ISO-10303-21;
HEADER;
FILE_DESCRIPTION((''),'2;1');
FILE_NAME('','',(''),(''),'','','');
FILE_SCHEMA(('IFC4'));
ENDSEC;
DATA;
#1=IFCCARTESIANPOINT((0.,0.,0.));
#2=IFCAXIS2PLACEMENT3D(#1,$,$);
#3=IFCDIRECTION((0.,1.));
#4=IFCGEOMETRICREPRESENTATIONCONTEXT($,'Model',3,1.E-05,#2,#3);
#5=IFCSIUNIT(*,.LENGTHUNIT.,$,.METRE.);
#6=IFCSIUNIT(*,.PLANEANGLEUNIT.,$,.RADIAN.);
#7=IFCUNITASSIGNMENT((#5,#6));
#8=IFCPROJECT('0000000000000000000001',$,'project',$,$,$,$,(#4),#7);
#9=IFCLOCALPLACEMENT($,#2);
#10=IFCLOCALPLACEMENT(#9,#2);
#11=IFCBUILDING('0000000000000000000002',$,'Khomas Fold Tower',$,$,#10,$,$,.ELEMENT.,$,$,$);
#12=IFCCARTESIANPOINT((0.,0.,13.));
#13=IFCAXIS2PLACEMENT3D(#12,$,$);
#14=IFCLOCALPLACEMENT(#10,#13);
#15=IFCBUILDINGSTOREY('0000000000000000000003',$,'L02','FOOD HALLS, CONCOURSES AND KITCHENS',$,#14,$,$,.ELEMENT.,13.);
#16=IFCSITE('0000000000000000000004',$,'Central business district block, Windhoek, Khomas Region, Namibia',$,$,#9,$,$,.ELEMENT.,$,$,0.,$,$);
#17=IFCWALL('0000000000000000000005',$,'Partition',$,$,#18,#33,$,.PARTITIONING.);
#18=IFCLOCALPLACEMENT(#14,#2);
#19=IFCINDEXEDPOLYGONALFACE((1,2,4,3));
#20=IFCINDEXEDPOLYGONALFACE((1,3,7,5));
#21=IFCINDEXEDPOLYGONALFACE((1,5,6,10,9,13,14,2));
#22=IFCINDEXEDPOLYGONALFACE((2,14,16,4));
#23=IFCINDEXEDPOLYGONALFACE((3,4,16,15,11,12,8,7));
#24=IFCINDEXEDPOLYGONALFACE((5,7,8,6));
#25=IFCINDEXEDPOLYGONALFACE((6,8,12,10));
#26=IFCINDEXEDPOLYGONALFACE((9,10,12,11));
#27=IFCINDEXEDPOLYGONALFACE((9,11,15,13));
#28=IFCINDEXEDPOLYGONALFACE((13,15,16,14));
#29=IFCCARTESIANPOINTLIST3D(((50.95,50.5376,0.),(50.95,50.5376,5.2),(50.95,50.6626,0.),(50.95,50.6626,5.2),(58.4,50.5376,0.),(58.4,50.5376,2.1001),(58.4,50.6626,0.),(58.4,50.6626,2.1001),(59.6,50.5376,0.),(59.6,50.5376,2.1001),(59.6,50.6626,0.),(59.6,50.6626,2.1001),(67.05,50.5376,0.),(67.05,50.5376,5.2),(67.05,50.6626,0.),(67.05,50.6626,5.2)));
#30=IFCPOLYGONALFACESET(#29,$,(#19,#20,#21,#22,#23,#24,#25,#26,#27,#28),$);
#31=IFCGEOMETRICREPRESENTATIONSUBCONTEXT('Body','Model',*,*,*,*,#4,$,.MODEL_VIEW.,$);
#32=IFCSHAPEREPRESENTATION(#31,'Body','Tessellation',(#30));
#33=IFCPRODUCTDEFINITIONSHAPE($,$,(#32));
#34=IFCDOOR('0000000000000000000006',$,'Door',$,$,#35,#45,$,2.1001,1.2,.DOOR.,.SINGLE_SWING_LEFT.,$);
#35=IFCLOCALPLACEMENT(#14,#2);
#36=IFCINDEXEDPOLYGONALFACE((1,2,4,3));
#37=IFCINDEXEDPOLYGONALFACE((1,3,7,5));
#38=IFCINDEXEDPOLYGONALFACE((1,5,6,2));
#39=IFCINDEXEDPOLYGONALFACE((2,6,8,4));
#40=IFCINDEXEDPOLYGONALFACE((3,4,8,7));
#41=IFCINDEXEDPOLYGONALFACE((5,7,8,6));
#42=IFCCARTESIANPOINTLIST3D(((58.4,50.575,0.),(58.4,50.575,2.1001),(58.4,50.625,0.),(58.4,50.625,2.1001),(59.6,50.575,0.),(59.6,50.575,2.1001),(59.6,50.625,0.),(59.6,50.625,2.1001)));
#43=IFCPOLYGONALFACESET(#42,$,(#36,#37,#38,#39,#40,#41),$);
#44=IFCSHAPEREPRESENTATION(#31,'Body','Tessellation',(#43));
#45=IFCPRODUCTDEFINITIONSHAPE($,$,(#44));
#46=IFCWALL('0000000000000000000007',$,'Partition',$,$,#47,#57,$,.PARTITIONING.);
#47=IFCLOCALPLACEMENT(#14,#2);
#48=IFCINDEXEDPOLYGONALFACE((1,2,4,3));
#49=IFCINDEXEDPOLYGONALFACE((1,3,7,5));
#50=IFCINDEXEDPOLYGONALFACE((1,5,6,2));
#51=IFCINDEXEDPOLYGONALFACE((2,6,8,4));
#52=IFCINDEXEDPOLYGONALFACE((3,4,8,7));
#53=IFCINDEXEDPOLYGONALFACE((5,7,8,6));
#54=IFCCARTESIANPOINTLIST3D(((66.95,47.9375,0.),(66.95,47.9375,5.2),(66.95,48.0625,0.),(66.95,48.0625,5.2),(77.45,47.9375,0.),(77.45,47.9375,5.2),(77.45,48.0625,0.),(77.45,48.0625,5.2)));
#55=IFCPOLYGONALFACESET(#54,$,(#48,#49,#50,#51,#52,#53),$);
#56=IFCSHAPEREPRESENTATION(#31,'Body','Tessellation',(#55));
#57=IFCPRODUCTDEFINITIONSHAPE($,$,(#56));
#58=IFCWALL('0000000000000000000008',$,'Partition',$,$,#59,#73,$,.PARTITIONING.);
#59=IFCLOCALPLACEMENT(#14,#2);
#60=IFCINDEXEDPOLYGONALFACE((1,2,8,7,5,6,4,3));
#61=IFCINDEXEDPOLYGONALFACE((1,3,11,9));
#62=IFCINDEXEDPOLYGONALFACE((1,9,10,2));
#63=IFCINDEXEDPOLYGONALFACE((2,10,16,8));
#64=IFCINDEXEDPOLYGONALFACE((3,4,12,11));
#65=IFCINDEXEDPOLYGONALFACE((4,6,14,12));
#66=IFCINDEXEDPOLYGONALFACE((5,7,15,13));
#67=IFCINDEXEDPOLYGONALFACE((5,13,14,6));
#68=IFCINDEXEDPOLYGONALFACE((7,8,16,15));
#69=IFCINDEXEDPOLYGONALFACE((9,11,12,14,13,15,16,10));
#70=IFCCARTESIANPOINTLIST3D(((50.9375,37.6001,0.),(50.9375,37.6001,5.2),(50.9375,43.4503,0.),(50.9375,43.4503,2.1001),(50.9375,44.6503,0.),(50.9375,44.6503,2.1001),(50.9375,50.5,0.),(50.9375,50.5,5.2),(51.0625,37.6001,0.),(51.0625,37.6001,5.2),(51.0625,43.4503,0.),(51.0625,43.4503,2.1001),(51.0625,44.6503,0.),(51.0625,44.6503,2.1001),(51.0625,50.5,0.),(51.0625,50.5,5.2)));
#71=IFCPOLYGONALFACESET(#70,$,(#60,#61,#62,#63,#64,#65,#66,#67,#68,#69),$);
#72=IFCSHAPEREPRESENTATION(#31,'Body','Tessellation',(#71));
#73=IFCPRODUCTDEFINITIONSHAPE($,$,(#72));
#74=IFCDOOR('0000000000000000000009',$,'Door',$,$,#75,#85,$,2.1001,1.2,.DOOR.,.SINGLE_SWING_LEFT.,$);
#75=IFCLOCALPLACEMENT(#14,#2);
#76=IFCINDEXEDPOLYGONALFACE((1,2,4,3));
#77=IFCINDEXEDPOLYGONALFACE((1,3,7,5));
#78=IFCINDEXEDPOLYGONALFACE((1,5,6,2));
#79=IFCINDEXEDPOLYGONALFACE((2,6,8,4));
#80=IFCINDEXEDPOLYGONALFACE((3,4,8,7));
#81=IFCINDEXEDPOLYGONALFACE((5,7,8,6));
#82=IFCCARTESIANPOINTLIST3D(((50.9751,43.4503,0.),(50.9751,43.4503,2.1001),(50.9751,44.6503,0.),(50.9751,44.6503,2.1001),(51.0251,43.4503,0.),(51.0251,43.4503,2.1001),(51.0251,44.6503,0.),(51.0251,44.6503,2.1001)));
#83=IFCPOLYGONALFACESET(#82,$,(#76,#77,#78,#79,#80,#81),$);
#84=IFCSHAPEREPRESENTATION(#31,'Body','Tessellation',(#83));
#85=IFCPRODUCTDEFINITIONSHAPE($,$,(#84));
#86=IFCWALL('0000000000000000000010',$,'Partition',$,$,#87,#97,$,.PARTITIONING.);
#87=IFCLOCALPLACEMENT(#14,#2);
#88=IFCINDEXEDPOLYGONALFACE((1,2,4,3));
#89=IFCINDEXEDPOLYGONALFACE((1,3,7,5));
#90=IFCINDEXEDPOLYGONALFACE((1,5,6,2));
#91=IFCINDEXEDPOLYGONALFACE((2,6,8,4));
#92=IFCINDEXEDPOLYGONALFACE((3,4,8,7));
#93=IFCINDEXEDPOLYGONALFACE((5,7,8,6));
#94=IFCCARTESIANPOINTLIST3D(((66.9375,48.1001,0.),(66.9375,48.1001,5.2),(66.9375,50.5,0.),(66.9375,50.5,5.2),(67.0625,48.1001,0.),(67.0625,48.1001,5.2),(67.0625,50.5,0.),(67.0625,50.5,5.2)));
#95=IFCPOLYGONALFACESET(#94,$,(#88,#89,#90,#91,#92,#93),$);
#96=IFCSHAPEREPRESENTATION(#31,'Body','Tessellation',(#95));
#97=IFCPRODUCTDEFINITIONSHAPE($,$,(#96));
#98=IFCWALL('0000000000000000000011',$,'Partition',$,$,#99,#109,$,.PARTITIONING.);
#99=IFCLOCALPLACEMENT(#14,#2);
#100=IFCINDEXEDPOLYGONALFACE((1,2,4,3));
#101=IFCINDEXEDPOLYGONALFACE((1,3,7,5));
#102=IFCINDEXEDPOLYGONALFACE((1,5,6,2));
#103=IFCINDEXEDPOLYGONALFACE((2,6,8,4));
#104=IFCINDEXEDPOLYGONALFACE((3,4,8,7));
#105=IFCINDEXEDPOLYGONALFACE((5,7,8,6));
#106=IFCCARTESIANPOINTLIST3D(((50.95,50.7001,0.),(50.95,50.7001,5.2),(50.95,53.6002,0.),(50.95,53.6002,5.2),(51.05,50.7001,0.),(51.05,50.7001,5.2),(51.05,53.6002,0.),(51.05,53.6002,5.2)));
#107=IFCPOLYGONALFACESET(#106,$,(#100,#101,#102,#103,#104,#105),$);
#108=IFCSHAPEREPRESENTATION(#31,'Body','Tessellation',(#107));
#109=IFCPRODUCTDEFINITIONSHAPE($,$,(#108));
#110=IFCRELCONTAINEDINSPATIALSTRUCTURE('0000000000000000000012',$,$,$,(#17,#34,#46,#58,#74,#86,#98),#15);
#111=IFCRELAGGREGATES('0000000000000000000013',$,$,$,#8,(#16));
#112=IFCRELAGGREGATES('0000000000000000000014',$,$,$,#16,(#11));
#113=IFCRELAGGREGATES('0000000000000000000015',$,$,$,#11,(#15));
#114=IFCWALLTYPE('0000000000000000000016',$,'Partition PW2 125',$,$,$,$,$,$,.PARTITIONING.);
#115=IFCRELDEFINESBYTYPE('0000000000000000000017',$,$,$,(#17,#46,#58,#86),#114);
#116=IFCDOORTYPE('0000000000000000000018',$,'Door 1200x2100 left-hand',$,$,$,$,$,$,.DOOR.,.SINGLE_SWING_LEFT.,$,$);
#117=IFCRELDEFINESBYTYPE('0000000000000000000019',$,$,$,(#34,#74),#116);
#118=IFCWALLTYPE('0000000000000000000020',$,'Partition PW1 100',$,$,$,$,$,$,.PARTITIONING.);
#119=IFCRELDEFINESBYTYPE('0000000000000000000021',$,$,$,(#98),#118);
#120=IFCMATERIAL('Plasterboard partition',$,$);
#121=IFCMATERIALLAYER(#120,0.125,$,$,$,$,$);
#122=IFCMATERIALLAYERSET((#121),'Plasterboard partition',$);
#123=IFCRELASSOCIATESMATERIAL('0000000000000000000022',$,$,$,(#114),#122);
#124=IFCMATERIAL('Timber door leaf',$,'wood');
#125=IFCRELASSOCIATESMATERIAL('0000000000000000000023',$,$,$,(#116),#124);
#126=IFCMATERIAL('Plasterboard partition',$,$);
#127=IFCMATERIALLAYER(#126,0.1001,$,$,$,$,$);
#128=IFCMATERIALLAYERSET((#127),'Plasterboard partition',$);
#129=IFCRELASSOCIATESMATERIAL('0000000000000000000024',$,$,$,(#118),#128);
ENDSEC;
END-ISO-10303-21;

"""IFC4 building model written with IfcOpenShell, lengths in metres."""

from ifc_helpers import new_model, si_unit, direction, frame, frame_2d, origin, place, context, subcontext, project, spatial, rectangle, extrude, source, transform, mapped, material, layer, layer_set, type_object, element, fill, save


model = new_model("IFC4")

# Units and contexts
model_context = context("Model", 3, precision=1e-05, world=origin(), true_north=direction((0.0, 1.0)))
body_context = subcontext(model_context, "Body", "Model", "MODEL_VIEW")
ifc_project = project(units=[si_unit("LENGTHUNIT", "METRE"), si_unit("PLANEANGLEUNIT", "RADIAN")], contexts=[model_context])

# Site, building, storey
site_placement = place(None, origin())
site = spatial("IfcSite", under=ifc_project, at=site_placement, Name="Central business district block, Windhoek, Khomas Region, Namibia", CompositionType="ELEMENT", RefElevation=0.0)
building_placement = place(site_placement, origin())
building = spatial("IfcBuilding", under=site, at=building_placement, Name="Khomas Fold Tower", CompositionType="ELEMENT")
storey_placement = place(building_placement, frame((0.0, 0.0, 13.0)))
storey = spatial("IfcBuildingStorey", under=building, at=storey_placement, Name="L02", Description="FOOD HALLS, CONCOURSES AND KITCHENS", CompositionType="ELEMENT", Elevation=13.0)

# Shared definitions
shared_shape_1 = source(origin(), body_context, "Body", "SweptSolid", [
    extrude(rectangle(XDim=1.2, YDim=2.1001, at=frame_2d((0.6001, 1.05))), frame((0.0, 0.0249, 0.0), z_axis=(0.0, -1.0, 0.0), x_axis=(1.0, 0.0, 0.0)), (0.0, 0.0, 1.0), 0.05),
])

# Wall, opening, door
ifc_material_1 = material(Name="Plasterboard partition")
ifc_layer_1 = layer(ifc_material_1, 0.125)
ifc_layer_set_1 = layer_set([ifc_layer_1], Name="Plasterboard partition")
wall_type_1 = type_object("IfcWallType", Name="Partition PW2 125", PredefinedType="PARTITIONING", material=ifc_layer_set_1)
shared_shape_2 = source(origin(), body_context, "Body", "SweptSolid", [
    extrude(rectangle(XDim=16.1001, YDim=0.125, at=frame_2d((8.05, 0.0))), origin(), (0.0, 0.0, 1.0), 5.2),
])
wall_1_placement = place(storey_placement, frame((50.95, 50.6001, 0.0), z_axis=(0.0, 0.0, 1.0), x_axis=(1.0, 0.0, 0.0)))
wall_1 = element("IfcWall", 1, at=wall_1_placement, inside=storey, type_object=wall_type_1, Name="Partition", PredefinedType="PARTITIONING", context=body_context, shape_type="MappedRepresentation", body=[
    mapped(shared_shape_2, transform((0.0, 0.0, 0.0))),
])
shared_shape_3 = source(origin(), body_context, "Body", "SweptSolid", [
    extrude(rectangle(XDim=1.2, YDim=2.1001, at=frame_2d((0.6001, 1.05))), frame((0.0, 0.0725, 0.0), z_axis=(0.0, -1.0, 0.0), x_axis=(1.0, 0.0, 0.0)), (0.0, 0.0, 1.0), 0.145),
])
opening_1_placement = place(wall_1_placement, frame((7.45, 0.0, 0.0)))
opening_1 = element("IfcOpeningElement", 2, at=opening_1_placement, cuts=wall_1, PredefinedType="OPENING", context=body_context, shape_type="MappedRepresentation", body=[
    mapped(shared_shape_3, transform((0.0, 0.0, 0.0))),
])
ifc_material_2 = material(Name="Timber door leaf", Category="wood")
door_type_1 = type_object("IfcDoorType", Name="Door 1200x2100 left-hand", OperationType="SINGLE_SWING_LEFT", PredefinedType="DOOR", material=ifc_material_2)
door_1_placement = place(opening_1_placement, origin())
door_1 = element("IfcDoor", 3, at=door_1_placement, inside=storey, type_object=door_type_1, Name="Door", OperationType="SINGLE_SWING_LEFT", OverallHeight=2.1001, OverallWidth=1.2, PredefinedType="DOOR", context=body_context, shape_type="MappedRepresentation", body=[
    mapped(shared_shape_1, transform((0.0, 0.0, 0.0))),
])
fill(opening_1, door_1)

# Wall
shared_shape_4 = source(origin(), body_context, "Body", "SweptSolid", [
    extrude(rectangle(XDim=10.5, YDim=0.125, at=frame_2d((5.25, 0.0))), origin(), (0.0, 0.0, 1.0), 5.2),
])
wall_2_placement = place(storey_placement, frame((66.95, 48.0, 0.0), z_axis=(0.0, 0.0, 1.0), x_axis=(1.0, 0.0, 0.0)))
element("IfcWall", 4, at=wall_2_placement, inside=storey, type_object=wall_type_1, Name="Partition", PredefinedType="PARTITIONING", context=body_context, shape_type="MappedRepresentation", body=[
    mapped(shared_shape_4, transform((0.0, 0.0, 0.0))),
])

# Wall, opening, door
shared_shape_5 = source(origin(), body_context, "Body", "SweptSolid", [
    extrude(rectangle(XDim=12.8999, YDim=0.125, at=frame_2d((6.45, 0.0))), origin(), (0.0, 0.0, 1.0), 5.2),
])
wall_3_placement = place(storey_placement, frame((51.0, 37.6001, 0.0), z_axis=(0.0, 0.0, 1.0), x_axis=(0.0, 1.0, 0.0)))
wall_3 = element("IfcWall", 5, at=wall_3_placement, inside=storey, type_object=wall_type_1, Name="Partition", PredefinedType="PARTITIONING", context=body_context, shape_type="MappedRepresentation", body=[
    mapped(shared_shape_5, transform((0.0, 0.0, 0.0))),
])
opening_2_placement = place(wall_3_placement, frame((5.8501, 0.0, 0.0)))
opening_2 = element("IfcOpeningElement", 6, at=opening_2_placement, cuts=wall_3, PredefinedType="OPENING", context=body_context, shape_type="MappedRepresentation", body=[
    mapped(shared_shape_3, transform((0.0, 0.0, 0.0))),
])
door_2_placement = place(opening_2_placement, origin())
door_2 = element("IfcDoor", 7, at=door_2_placement, inside=storey, type_object=door_type_1, Name="Door", OperationType="SINGLE_SWING_LEFT", OverallHeight=2.1001, OverallWidth=1.2, PredefinedType="DOOR", context=body_context, shape_type="MappedRepresentation", body=[
    mapped(shared_shape_1, transform((0.0, 0.0, 0.0))),
])
fill(opening_2, door_2)

# Walls
shared_shape_6 = source(origin(), body_context, "Body", "SweptSolid", [
    extrude(rectangle(XDim=2.3999, YDim=0.125, at=frame_2d((1.2, 0.0))), origin(), (0.0, 0.0, 1.0), 5.2),
])
wall_4_placement = place(storey_placement, frame((67.0, 48.1001, 0.0), z_axis=(0.0, 0.0, 1.0), x_axis=(0.0, 1.0, 0.0)))
element("IfcWall", 8, at=wall_4_placement, inside=storey, type_object=wall_type_1, Name="Partition", PredefinedType="PARTITIONING", context=body_context, shape_type="MappedRepresentation", body=[
    mapped(shared_shape_6, transform((0.0, 0.0, 0.0))),
])
ifc_material_3 = material(Name="Plasterboard partition")
ifc_layer_2 = layer(ifc_material_3, 0.1001)
ifc_layer_set_2 = layer_set([ifc_layer_2], Name="Plasterboard partition")
wall_type_2 = type_object("IfcWallType", Name="Partition PW1 100", PredefinedType="PARTITIONING", material=ifc_layer_set_2)
shared_shape_7 = source(origin(), body_context, "Body", "SweptSolid", [
    extrude(rectangle(XDim=2.9001, YDim=0.1001, at=frame_2d((1.4502, 0.0))), origin(), (0.0, 0.0, 1.0), 5.2),
])
wall_5_placement = place(storey_placement, frame((51.0, 50.7, 0.0), z_axis=(0.0, 0.0, 1.0), x_axis=(0.0, 1.0, 0.0)))
element("IfcWall", 9, at=wall_5_placement, inside=storey, type_object=wall_type_2, Name="Partition", PredefinedType="PARTITIONING", context=body_context, shape_type="MappedRepresentation", body=[
    mapped(shared_shape_7, transform((0.0, 0.0, 0.0))),
])

save(model, "model.ifc")
